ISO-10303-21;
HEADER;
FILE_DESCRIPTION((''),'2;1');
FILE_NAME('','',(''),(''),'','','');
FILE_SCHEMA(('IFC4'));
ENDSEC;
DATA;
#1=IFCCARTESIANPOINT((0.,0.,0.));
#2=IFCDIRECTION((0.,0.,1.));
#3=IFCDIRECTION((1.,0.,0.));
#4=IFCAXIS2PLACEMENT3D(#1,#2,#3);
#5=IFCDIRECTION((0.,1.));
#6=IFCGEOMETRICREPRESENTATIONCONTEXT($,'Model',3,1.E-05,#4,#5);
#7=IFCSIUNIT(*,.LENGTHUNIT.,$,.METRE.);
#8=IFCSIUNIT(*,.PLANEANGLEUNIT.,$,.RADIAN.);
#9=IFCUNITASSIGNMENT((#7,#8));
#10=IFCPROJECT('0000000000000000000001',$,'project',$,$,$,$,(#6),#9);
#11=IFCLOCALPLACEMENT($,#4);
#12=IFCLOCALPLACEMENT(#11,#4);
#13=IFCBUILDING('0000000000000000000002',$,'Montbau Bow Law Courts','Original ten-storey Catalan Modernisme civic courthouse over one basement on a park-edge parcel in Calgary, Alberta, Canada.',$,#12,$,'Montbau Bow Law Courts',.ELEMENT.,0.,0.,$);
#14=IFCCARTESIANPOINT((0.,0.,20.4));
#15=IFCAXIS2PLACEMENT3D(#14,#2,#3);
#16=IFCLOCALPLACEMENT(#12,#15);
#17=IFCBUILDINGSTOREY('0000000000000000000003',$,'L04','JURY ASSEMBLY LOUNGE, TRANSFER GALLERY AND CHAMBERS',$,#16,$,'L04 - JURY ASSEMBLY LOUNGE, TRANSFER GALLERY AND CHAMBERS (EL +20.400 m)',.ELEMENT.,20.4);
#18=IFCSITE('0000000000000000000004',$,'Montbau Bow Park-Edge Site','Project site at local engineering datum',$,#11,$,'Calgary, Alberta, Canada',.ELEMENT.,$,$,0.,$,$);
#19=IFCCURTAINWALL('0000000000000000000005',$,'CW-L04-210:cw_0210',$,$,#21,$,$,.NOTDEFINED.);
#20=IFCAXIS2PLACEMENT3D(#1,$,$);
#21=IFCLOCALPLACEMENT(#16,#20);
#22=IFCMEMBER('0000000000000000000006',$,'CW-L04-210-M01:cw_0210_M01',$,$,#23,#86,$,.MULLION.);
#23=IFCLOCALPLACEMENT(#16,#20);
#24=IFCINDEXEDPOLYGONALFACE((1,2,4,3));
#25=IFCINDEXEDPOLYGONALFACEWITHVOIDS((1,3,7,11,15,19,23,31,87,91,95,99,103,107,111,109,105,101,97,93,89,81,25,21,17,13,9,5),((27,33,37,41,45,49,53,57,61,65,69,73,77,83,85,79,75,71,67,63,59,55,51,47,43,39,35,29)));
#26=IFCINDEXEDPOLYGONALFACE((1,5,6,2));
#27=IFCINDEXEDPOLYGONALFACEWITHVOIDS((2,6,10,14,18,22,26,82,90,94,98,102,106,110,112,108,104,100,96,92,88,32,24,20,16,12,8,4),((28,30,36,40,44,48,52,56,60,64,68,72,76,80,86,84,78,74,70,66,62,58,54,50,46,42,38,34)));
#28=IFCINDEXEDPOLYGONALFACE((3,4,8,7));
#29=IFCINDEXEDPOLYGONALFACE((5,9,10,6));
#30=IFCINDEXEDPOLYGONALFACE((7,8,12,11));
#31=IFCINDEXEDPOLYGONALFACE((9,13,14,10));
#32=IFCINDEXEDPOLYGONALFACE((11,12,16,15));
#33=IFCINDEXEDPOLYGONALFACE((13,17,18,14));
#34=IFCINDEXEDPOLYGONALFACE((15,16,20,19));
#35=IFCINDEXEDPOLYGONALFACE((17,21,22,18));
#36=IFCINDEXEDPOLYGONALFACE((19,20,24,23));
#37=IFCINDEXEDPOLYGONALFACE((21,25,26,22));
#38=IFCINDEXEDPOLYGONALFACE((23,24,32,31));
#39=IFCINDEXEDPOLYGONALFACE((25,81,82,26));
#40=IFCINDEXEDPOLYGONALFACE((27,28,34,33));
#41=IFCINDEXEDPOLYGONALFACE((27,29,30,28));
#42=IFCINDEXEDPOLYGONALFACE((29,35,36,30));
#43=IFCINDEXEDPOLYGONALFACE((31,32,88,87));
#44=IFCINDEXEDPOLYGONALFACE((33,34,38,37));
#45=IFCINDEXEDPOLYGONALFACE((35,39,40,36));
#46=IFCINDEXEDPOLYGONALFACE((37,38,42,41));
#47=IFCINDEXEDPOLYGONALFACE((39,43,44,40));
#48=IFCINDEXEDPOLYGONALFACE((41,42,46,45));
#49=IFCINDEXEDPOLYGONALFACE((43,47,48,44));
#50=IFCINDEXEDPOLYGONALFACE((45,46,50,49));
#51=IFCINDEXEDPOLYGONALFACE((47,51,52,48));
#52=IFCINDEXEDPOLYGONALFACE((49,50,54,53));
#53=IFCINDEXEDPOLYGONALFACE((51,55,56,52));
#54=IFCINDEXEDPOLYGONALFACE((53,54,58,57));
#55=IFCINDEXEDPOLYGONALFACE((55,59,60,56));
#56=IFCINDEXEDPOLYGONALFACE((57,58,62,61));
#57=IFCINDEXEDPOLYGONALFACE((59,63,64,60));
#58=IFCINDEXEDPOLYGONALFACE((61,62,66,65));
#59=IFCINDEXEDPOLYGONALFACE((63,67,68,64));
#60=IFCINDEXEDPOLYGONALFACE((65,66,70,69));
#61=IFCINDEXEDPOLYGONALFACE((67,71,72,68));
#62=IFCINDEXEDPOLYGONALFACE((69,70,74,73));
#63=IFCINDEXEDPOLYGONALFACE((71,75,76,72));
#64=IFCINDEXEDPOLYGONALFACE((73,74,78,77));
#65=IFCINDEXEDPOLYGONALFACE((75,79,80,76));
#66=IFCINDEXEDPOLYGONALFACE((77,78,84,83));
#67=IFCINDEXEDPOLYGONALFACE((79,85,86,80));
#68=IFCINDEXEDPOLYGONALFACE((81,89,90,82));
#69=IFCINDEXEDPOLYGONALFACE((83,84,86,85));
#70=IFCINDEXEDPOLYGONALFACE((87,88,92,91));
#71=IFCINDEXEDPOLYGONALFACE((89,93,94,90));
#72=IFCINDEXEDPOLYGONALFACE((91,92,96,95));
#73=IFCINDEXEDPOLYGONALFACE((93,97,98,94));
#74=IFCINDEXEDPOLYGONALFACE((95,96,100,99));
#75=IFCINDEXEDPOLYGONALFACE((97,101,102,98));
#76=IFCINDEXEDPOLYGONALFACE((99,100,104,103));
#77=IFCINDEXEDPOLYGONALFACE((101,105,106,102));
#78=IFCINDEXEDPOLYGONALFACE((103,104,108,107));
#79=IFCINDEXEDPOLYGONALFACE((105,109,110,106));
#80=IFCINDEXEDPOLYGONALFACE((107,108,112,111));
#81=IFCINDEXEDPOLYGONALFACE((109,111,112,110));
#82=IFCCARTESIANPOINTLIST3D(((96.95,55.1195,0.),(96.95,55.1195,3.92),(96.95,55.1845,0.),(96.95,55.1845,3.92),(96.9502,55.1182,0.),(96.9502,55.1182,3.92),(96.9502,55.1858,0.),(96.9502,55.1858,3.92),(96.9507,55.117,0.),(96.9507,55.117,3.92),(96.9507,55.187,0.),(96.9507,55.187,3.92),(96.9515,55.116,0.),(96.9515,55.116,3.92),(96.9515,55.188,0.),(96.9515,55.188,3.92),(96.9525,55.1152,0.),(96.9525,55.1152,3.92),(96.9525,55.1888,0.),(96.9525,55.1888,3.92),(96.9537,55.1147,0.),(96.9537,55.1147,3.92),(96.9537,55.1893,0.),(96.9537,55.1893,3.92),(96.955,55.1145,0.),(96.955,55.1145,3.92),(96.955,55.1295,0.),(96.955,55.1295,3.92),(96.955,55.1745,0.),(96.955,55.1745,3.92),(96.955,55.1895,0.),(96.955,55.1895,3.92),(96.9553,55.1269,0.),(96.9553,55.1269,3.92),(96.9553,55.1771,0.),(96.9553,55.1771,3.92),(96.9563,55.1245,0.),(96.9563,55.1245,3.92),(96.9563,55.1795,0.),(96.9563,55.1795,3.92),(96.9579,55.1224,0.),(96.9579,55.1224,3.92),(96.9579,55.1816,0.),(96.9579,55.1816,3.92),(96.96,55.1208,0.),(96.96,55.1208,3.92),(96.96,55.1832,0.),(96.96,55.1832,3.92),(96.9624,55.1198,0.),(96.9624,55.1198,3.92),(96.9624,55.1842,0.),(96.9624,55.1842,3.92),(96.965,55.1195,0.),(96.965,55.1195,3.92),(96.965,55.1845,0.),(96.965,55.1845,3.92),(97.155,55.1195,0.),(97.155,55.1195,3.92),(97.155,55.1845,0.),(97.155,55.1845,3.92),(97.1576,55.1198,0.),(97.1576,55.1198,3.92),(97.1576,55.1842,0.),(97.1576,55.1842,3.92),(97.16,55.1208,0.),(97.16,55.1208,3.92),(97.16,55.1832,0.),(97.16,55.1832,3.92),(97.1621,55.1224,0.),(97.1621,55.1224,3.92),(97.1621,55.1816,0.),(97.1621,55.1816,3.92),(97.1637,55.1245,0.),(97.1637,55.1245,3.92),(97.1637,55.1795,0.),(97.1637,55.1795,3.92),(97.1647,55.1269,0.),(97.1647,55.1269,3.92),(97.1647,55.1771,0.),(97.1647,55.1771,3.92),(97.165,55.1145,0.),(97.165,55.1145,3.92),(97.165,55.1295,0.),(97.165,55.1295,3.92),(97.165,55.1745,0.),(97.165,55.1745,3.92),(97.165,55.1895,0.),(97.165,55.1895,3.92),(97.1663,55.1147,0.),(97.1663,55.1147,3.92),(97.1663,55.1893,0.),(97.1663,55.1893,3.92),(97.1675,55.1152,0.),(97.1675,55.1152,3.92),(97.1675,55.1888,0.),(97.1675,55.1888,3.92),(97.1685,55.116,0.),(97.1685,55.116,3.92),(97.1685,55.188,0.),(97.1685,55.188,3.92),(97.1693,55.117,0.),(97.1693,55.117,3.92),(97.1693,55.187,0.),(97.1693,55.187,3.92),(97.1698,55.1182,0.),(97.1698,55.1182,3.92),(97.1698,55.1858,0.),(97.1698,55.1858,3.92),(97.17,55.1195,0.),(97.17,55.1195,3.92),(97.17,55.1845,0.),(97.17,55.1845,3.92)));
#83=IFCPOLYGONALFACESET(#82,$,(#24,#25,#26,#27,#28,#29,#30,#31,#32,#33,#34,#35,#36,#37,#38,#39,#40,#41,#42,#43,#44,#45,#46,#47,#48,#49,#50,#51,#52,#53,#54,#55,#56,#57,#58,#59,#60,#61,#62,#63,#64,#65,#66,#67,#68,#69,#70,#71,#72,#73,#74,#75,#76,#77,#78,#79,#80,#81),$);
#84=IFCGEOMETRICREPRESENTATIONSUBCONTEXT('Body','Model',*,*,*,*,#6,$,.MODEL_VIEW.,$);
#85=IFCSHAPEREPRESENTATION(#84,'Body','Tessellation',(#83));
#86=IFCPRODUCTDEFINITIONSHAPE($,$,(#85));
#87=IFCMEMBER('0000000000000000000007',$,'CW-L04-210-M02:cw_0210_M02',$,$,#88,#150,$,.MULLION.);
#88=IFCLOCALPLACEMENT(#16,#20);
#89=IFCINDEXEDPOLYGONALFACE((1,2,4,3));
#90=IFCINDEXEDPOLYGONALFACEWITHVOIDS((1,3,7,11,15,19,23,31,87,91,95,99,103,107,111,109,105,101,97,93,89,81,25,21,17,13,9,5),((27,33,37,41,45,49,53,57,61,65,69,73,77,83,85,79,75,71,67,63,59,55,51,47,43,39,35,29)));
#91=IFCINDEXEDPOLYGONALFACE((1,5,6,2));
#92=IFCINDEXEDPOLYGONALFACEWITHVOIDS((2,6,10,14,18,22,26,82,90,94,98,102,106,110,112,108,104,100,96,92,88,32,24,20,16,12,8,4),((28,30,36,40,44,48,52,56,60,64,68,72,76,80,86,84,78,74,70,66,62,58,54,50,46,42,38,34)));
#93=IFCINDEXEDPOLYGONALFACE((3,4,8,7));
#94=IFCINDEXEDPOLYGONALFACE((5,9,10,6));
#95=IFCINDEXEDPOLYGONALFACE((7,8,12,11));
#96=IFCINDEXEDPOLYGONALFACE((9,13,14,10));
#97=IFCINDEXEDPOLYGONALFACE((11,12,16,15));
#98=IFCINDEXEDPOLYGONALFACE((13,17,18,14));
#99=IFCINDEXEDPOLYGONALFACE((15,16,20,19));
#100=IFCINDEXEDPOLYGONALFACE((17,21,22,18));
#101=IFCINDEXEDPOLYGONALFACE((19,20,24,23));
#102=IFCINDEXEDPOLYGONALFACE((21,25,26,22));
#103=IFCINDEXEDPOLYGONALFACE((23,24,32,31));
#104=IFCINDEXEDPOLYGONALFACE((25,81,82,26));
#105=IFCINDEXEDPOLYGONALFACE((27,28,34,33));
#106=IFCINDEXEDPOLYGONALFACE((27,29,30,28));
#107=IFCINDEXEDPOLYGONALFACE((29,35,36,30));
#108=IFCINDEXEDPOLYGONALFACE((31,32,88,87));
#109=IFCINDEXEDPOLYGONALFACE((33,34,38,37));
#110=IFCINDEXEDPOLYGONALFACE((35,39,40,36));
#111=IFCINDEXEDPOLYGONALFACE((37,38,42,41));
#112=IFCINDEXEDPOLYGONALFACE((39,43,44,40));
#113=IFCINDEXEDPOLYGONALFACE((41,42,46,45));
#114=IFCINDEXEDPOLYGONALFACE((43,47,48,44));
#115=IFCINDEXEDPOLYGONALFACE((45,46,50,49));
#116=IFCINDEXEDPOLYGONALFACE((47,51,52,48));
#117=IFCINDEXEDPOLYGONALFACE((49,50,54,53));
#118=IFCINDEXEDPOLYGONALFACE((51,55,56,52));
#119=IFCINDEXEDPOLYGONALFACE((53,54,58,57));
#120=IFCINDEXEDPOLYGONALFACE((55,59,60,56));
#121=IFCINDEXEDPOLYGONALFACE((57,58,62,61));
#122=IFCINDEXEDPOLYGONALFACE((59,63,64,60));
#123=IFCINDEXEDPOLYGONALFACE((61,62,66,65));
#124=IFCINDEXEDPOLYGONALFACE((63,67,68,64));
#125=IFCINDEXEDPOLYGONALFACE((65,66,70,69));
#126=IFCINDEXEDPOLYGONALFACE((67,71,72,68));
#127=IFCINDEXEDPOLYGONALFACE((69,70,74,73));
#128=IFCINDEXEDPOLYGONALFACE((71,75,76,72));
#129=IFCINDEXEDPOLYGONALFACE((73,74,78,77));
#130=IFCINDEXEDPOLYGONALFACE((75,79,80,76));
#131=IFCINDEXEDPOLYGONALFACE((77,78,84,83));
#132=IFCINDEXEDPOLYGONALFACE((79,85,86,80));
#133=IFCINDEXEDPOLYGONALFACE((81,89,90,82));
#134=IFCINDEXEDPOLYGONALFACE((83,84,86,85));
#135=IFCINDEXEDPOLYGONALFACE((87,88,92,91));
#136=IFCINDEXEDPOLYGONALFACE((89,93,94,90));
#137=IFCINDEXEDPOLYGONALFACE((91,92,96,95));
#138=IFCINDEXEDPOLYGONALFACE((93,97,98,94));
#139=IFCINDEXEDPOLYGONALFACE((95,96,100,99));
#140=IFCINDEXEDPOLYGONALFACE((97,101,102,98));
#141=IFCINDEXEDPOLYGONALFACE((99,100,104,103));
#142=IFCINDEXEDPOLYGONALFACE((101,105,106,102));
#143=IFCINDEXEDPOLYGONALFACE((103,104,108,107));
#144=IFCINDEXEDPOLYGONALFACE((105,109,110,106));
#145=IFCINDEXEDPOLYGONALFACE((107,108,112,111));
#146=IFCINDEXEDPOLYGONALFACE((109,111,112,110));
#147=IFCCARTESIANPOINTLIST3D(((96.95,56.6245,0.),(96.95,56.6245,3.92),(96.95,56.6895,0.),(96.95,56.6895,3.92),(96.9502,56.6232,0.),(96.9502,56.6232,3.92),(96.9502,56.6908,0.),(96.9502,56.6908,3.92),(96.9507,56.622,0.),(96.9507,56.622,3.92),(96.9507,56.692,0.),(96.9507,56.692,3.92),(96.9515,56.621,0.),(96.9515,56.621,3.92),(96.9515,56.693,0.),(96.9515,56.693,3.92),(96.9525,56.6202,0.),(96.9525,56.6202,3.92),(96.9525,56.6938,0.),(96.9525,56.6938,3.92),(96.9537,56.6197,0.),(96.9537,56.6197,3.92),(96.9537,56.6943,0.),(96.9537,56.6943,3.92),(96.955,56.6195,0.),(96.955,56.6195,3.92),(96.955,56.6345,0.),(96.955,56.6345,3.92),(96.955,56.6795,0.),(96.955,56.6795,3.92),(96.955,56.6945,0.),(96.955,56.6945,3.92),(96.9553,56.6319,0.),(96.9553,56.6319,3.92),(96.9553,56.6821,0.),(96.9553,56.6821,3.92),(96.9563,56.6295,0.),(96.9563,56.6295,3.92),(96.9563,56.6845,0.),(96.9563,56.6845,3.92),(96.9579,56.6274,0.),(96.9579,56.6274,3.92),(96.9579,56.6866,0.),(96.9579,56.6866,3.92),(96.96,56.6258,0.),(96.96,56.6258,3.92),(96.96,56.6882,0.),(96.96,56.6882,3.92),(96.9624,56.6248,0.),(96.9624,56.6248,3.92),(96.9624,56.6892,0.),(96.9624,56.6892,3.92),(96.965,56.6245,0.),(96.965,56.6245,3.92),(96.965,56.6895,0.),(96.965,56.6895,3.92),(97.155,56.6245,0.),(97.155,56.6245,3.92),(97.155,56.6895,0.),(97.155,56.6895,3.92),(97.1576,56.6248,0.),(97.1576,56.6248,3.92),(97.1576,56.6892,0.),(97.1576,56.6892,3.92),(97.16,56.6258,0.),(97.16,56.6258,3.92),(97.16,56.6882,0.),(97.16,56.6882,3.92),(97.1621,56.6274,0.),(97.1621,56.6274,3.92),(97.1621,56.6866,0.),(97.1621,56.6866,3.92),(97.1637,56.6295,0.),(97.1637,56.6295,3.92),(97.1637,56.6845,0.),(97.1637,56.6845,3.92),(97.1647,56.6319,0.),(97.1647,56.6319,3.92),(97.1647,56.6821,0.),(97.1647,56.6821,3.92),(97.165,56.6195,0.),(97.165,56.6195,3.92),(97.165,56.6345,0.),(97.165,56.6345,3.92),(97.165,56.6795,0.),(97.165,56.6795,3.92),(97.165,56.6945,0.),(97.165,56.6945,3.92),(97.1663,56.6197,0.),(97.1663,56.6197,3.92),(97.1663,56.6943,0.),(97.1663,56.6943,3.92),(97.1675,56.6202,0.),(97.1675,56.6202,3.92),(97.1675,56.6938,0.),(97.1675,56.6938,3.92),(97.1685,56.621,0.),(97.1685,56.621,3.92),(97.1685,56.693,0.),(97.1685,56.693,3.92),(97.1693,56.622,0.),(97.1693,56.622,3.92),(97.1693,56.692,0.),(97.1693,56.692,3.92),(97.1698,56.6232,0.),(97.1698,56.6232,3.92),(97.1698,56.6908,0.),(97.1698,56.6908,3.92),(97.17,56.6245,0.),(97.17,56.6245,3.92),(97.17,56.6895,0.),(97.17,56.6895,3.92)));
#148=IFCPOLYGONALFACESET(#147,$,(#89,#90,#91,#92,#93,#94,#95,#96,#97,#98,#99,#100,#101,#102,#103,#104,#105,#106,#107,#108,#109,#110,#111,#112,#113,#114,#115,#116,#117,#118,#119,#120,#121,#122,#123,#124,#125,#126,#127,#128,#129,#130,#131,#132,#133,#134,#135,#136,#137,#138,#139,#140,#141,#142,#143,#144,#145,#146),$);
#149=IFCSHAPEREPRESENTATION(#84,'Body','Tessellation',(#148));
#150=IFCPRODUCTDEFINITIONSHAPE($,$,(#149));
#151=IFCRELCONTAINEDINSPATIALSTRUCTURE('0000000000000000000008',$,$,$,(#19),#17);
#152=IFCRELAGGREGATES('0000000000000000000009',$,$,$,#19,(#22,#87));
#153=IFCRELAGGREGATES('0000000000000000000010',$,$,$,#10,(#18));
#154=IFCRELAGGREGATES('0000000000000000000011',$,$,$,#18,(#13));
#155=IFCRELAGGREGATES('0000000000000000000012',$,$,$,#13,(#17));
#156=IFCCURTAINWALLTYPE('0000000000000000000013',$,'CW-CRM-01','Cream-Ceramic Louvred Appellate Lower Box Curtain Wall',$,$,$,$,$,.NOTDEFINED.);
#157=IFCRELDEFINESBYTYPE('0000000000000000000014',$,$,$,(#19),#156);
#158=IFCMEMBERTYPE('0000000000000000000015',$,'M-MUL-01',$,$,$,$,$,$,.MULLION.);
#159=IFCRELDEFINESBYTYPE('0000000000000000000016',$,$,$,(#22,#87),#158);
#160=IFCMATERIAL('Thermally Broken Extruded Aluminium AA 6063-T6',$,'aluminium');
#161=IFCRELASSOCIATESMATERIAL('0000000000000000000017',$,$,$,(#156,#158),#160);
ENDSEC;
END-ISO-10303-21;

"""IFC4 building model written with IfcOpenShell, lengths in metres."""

from ifc_helpers import new_model, si_unit, direction, frame, origin_with_axes, origin_2d_with_axis, place, context, subcontext, project, spatial, hollow_rectangle, extrude, material, material_profile, profile_set, type_object, element, aggregate, save


model = new_model("IFC4")

# Units and contexts
model_context = context("Model", 3, precision=1e-05, world=origin_with_axes(), true_north=direction((0.0, 1.0)))
body_context = subcontext(model_context, "Body", "Model", "MODEL_VIEW")
ifc_project = project(units=[si_unit("LENGTHUNIT", "METRE"), si_unit("PLANEANGLEUNIT", "RADIAN")], contexts=[model_context])

# Site, building, storey
site_placement = place(None, origin_with_axes())
site = spatial("IfcSite", under=ifc_project, at=site_placement, Name="Montbau Bow Park-Edge Site", Description="Project site at local engineering datum", LongName="Calgary, Alberta, Canada", CompositionType="ELEMENT", RefElevation=0.0)
building_placement = place(site_placement, origin_with_axes())
building = spatial("IfcBuilding", under=site, at=building_placement, Name="Montbau Bow Law Courts", Description="Original ten-storey Catalan Modernisme civic courthouse over one basement on a park-edge parcel in Calgary, Alberta, Canada.", LongName="Montbau Bow Law Courts", CompositionType="ELEMENT", ElevationOfRefHeight=0.0, ElevationOfTerrain=0.0)
storey_placement = place(building_placement, frame((0.0, 0.0, 20.4), z_axis=(0.0, 0.0, 1.0), x_axis=(1.0, 0.0, 0.0)))
storey = spatial("IfcBuildingStorey", under=building, at=storey_placement, Name="L04", Description="JURY ASSEMBLY LOUNGE, TRANSFER GALLERY AND CHAMBERS", LongName="L04 - JURY ASSEMBLY LOUNGE, TRANSFER GALLERY AND CHAMBERS (EL +20.400 m)", CompositionType="ELEMENT", Elevation=20.4)

# Curtain wall, members
ifc_material_1 = material(Name="Thermally Broken Extruded Aluminium AA 6063-T6", Category="aluminium")
curtain_wall_type = type_object("IfcCurtainWallType", Name="CW-CRM-01", Description="Cream-Ceramic Louvred Appellate Lower Box Curtain Wall", PredefinedType="NOTDEFINED", material=ifc_material_1)
curtain_wall_1_placement = place(None, frame((97.06, 55.115, 20.4), z_axis=(0.0, 0.0, 1.0), x_axis=(1.0, 0.0, 0.0)))
curtain_wall_1 = element("IfcCurtainWall", 1, at=curtain_wall_1_placement, inside=storey, type_object=curtain_wall_type, Name="CW-L04-210:cw_0210", PredefinedType="NOTDEFINED")
ifc_material_profile_1 = material_profile(ifc_material_1, hollow_rectangle(XDim=0.075, YDim=0.22, WallThickness=0.005, InnerFilletRadius=0.01, OuterFilletRadius=0.005, at=origin_2d_with_axis()), Name="CWM-220X75", Category="Main", Priority=0)
ifc_profile_set_1 = profile_set([ifc_material_profile_1], Name="Thermally Broken Extruded Aluminium AA 6063-T6")
member_type_1 = type_object("IfcMemberType", Name="M-MUL-01", PredefinedType="MULLION", material=ifc_profile_set_1)
member_1_placement = place(None, frame((97.06, 55.152, 20.4), z_axis=(0.0, 0.0, 1.0), x_axis=(0.0, 1.0, 0.0)))
member_1 = element("IfcMember", 2, at=member_1_placement, type_object=member_type_1, Name="CW-L04-210-M01:cw_0210_M01", PredefinedType="MULLION", context=body_context, shape_type="SweptSolid", body=[
    extrude(hollow_rectangle(XDim=0.075, YDim=0.22, WallThickness=0.005, InnerFilletRadius=0.01, OuterFilletRadius=0.005, at=origin_2d_with_axis()), origin_with_axes(), (0.0, 0.0, 1.0), 3.92),
])
member_2_placement = place(None, frame((97.06, 56.657, 20.4), z_axis=(0.0, 0.0, 1.0), x_axis=(0.0, 1.0, 0.0)))
member_2 = element("IfcMember", 3, at=member_2_placement, type_object=member_type_1, Name="CW-L04-210-M02:cw_0210_M02", PredefinedType="MULLION", context=body_context, shape_type="SweptSolid", body=[
    extrude(hollow_rectangle(XDim=0.075, YDim=0.22, WallThickness=0.005, InnerFilletRadius=0.01, OuterFilletRadius=0.005, at=origin_2d_with_axis()), origin_with_axes(), (0.0, 0.0, 1.0), 3.92),
])

aggregate(curtain_wall_1, [member_1, member_2])

save(model, "model.ifc")
